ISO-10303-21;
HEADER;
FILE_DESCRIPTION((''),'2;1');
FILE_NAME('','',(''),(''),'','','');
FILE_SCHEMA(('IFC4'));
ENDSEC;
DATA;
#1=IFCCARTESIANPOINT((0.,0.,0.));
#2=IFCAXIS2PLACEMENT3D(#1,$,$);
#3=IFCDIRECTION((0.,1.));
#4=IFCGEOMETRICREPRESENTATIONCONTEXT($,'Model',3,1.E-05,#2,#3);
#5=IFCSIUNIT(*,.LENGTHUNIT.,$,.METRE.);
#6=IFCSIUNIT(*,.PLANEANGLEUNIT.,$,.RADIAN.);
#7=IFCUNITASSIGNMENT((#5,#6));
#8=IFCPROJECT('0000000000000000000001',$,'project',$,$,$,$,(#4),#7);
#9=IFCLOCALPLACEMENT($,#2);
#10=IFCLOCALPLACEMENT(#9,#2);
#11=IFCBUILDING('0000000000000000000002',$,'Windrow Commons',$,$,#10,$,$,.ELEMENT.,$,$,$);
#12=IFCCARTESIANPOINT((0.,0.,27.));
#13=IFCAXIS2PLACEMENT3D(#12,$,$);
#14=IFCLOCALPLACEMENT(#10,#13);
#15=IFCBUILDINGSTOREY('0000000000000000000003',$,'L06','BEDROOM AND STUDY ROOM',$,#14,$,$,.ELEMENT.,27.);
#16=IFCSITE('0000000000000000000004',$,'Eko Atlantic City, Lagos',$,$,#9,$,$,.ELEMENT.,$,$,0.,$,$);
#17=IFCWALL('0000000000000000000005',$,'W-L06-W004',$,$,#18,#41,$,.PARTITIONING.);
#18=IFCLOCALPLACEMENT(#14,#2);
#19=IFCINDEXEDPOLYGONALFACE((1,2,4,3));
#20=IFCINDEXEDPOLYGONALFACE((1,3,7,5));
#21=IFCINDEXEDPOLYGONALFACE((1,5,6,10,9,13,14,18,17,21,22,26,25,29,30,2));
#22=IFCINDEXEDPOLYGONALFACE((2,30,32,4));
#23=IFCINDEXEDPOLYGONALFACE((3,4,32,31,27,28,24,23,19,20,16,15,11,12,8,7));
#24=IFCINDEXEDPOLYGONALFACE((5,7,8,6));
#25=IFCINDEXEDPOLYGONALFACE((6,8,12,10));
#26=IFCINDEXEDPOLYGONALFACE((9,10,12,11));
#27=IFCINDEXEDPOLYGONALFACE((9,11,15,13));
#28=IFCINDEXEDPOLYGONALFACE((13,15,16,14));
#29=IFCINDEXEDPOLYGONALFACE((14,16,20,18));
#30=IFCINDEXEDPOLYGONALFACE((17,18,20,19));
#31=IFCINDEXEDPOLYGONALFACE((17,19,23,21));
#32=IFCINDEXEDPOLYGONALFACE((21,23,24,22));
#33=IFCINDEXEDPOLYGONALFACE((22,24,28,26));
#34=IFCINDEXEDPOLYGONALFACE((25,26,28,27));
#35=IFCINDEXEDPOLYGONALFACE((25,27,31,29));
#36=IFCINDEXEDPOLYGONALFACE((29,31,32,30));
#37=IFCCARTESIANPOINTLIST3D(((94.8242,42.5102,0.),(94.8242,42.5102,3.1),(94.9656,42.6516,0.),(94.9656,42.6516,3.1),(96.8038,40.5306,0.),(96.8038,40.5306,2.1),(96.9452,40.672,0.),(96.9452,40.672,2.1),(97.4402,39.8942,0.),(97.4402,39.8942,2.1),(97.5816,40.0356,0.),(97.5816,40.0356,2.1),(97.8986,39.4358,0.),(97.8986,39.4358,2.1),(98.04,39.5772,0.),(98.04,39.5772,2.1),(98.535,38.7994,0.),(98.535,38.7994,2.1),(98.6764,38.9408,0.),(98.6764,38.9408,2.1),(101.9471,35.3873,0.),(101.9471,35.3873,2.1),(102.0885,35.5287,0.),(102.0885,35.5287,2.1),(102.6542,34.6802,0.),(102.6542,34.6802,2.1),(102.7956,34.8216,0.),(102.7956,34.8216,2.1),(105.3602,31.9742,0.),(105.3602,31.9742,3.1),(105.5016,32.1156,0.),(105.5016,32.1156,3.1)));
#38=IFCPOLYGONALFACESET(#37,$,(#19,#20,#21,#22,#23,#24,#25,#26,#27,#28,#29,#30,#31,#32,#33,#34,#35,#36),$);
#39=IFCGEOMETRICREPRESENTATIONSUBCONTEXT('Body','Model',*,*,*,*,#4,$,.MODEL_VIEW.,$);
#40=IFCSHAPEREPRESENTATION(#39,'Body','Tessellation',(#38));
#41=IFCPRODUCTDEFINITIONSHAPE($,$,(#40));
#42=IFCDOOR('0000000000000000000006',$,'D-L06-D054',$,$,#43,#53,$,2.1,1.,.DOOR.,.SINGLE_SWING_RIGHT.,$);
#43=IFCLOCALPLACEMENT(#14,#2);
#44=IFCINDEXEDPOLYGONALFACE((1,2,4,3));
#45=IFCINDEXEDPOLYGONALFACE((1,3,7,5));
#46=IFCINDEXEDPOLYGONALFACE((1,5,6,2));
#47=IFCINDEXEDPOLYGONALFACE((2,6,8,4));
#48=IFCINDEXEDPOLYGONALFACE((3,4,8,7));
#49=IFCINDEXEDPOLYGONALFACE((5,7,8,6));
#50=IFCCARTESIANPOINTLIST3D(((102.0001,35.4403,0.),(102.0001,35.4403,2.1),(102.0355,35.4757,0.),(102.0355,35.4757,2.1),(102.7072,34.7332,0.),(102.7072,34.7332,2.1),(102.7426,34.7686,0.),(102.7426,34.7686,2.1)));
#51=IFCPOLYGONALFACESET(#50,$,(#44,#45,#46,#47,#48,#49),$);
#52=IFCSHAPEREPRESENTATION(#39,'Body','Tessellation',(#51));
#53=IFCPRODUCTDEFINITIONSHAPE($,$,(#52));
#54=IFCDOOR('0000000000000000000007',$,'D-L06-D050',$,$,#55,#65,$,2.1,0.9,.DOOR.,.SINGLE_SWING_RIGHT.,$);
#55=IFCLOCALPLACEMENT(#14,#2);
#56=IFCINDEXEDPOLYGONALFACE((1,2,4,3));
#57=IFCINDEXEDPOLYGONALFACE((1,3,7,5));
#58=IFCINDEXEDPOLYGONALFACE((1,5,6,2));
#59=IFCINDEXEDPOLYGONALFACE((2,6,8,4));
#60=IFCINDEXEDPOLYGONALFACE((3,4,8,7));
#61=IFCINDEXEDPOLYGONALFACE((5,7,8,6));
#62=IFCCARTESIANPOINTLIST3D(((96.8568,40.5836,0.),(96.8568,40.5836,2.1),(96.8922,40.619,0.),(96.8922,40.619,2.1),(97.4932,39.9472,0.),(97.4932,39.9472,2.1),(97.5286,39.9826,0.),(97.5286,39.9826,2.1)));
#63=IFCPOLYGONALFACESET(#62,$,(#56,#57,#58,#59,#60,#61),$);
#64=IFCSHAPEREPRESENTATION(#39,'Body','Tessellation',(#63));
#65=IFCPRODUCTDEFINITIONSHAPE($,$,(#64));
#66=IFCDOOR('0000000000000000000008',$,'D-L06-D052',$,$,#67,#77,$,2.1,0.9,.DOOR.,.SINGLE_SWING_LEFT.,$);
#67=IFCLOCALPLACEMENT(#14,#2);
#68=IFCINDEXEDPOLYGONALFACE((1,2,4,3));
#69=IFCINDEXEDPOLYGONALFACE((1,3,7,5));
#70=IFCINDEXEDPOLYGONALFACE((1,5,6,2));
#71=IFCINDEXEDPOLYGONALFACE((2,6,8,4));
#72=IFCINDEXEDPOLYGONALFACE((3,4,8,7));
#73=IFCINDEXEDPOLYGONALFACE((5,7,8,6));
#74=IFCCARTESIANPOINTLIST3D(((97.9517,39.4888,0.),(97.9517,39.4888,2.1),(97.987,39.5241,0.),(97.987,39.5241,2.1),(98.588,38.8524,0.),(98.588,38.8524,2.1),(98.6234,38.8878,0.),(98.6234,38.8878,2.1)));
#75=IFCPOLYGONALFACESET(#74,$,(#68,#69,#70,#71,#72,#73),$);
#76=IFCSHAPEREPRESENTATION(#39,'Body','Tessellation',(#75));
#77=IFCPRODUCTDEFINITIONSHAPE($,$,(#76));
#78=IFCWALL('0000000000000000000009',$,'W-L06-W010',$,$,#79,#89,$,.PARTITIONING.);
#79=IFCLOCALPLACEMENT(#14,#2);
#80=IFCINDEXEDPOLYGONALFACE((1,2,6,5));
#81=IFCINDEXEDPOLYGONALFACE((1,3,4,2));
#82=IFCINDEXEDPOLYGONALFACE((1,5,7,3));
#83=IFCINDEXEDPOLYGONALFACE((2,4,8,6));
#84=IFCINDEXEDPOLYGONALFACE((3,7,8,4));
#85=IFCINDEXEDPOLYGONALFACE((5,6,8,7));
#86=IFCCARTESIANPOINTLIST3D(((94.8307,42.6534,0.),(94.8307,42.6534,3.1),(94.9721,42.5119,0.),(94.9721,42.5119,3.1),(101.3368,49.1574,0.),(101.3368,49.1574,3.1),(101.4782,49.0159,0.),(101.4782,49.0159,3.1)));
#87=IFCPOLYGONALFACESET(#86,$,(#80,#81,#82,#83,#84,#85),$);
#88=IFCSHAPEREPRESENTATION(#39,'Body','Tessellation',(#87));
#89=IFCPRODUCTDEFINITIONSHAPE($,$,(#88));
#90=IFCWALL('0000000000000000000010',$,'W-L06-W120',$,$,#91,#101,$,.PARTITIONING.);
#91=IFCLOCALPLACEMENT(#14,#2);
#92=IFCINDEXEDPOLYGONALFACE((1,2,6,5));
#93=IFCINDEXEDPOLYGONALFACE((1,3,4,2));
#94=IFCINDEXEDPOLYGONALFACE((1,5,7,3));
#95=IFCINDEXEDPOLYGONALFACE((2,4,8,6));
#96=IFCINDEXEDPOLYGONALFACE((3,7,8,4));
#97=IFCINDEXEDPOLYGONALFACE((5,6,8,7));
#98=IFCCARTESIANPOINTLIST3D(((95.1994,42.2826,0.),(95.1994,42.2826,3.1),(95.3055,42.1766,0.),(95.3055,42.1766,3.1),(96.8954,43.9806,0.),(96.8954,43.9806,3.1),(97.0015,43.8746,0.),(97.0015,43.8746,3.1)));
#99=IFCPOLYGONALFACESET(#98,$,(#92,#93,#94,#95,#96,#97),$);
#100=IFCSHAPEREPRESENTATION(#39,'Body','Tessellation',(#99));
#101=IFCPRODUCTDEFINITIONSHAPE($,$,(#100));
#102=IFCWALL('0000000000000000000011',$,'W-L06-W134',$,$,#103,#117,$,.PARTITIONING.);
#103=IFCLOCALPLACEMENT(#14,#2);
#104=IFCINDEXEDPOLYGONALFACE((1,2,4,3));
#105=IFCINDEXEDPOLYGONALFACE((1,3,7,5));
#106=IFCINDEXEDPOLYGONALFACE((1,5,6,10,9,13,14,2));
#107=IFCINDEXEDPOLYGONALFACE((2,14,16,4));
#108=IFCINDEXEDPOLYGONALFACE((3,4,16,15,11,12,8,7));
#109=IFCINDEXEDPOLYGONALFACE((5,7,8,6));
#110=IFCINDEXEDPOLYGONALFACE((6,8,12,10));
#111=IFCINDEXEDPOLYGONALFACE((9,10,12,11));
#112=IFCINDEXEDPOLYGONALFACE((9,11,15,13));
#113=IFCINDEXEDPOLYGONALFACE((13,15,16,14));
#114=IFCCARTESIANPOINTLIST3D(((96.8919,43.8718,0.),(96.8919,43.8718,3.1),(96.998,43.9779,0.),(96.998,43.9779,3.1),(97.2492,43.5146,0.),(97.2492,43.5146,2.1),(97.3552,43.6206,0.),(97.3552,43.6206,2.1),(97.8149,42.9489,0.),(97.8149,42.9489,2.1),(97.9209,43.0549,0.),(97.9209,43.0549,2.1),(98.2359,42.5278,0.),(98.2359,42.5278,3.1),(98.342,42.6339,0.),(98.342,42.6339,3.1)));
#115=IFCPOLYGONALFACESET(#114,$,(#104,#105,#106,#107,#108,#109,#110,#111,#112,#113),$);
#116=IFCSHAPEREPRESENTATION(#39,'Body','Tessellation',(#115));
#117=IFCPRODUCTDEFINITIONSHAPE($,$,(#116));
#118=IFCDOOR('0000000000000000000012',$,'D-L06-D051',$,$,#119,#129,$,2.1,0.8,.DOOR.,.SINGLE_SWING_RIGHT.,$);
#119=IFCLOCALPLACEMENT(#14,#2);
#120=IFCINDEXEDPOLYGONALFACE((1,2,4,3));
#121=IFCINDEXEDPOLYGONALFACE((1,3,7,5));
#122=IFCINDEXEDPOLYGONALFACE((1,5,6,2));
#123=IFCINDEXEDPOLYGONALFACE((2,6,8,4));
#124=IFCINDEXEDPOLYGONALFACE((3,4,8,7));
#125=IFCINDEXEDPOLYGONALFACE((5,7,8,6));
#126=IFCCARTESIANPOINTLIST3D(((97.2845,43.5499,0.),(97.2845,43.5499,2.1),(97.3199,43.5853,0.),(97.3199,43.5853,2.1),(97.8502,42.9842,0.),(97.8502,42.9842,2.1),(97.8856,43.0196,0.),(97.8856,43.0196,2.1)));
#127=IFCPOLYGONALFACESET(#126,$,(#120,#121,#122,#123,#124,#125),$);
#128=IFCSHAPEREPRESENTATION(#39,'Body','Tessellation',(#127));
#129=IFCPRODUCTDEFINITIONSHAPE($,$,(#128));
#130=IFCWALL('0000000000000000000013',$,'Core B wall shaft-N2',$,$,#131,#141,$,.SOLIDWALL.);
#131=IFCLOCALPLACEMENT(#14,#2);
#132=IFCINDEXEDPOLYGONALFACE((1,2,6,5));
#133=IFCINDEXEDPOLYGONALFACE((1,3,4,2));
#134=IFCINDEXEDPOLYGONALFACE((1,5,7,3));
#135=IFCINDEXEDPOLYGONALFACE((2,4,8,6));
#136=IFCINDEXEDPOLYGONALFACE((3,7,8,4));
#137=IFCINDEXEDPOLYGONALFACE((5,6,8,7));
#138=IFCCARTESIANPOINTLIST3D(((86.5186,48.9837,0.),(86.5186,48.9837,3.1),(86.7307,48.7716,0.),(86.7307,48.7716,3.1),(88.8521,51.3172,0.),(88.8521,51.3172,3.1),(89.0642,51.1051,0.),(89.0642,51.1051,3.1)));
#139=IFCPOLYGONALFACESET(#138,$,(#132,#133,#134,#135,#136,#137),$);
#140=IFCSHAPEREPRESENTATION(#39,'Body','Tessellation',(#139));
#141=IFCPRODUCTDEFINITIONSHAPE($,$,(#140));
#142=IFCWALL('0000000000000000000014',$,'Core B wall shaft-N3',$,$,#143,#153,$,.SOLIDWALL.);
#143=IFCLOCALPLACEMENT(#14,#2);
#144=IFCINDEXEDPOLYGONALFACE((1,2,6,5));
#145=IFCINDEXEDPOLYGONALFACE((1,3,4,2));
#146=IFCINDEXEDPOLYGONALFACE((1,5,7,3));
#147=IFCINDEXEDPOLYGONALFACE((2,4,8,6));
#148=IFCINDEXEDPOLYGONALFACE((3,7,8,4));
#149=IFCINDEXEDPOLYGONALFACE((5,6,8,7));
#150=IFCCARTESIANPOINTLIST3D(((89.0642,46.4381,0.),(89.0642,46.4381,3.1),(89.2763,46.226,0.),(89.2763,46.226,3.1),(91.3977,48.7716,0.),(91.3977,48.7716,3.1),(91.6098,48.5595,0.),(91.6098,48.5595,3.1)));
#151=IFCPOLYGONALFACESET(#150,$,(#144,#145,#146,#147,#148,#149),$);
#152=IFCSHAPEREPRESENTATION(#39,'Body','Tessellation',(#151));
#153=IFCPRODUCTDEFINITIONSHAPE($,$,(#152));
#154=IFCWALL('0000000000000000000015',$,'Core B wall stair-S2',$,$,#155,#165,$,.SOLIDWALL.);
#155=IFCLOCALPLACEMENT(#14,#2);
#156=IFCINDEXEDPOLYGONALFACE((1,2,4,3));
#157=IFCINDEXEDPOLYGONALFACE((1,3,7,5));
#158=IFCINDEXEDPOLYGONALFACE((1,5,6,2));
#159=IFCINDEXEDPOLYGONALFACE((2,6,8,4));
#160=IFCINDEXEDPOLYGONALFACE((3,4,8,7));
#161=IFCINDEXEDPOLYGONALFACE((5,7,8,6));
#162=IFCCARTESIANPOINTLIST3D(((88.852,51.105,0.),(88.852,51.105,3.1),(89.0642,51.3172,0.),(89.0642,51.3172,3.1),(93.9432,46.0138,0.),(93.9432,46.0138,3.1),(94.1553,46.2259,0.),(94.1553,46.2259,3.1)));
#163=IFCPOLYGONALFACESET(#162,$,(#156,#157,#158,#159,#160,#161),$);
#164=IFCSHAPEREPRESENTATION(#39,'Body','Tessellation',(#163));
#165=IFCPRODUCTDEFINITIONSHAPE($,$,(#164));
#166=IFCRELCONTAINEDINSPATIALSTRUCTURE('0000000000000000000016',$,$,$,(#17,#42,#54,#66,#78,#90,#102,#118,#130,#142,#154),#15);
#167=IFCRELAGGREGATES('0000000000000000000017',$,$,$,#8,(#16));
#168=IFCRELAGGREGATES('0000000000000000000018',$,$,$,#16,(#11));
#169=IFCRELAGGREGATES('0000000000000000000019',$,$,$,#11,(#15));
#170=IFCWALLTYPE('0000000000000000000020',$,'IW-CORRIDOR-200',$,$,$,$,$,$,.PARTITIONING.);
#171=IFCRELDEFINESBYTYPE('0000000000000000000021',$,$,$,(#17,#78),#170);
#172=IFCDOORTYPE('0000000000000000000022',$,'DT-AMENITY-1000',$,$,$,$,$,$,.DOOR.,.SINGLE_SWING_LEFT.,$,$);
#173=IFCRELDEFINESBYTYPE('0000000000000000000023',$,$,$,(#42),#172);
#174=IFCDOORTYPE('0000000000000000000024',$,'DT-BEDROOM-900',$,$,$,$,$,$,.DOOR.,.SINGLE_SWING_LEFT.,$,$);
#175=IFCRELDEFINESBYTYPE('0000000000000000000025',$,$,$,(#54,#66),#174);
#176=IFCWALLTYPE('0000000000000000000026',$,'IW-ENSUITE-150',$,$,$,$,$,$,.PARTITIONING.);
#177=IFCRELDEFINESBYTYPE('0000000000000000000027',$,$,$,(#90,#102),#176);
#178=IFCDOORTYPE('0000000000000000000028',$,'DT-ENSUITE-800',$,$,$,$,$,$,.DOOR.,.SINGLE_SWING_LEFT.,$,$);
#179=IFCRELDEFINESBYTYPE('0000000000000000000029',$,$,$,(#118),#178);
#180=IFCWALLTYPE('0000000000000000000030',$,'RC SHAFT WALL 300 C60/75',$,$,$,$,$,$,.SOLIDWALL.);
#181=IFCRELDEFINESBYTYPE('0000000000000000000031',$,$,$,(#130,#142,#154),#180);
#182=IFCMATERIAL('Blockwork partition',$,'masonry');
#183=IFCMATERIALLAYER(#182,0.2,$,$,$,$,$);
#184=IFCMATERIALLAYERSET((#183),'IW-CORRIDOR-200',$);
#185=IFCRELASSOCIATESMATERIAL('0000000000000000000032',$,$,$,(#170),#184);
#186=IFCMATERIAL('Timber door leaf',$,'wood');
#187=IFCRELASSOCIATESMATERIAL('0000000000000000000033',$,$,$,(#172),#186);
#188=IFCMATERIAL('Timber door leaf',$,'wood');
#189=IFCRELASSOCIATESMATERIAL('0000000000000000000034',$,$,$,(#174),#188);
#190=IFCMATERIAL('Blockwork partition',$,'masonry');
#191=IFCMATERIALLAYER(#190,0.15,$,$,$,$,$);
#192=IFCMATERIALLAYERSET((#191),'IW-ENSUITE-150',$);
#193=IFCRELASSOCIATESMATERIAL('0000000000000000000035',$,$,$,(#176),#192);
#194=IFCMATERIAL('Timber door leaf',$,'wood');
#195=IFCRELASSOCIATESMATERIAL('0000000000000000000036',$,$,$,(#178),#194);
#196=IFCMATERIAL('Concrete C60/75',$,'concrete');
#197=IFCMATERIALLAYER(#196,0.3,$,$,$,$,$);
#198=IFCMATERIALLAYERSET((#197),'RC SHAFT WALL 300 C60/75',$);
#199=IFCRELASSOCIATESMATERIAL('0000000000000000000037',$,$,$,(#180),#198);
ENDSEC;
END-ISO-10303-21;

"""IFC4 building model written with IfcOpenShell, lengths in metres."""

from ifc_helpers import new_model, si_unit, direction, frame, frame_2d, origin, place, context, subcontext, project, spatial, rectangle, extrude, material, layer, layer_set, type_object, element, fill, save


model = new_model("IFC4")

# Units and contexts
model_context = context("Model", 3, precision=1e-05, world=origin(), true_north=direction((0.0, 1.0)))
body_context = subcontext(model_context, "Body", "Model", "MODEL_VIEW")
ifc_project = project(units=[si_unit("LENGTHUNIT", "METRE"), si_unit("PLANEANGLEUNIT", "RADIAN")], contexts=[model_context])

# Site, building, storey
site_placement = place(None, origin())
site = spatial("IfcSite", under=ifc_project, at=site_placement, Name="Eko Atlantic City, Lagos", CompositionType="ELEMENT", RefElevation=0.0)
building_placement = place(site_placement, origin())
building = spatial("IfcBuilding", under=site, at=building_placement, Name="Windrow Commons", CompositionType="ELEMENT")
storey_placement = place(building_placement, frame((0.0, 0.0, 27.0)))
storey = spatial("IfcBuildingStorey", under=building, at=storey_placement, Name="L06", Description="BEDROOM AND STUDY ROOM", CompositionType="ELEMENT", Elevation=27.0)

# Wall, openings, doors
ifc_material_1 = material(Name="Blockwork partition", Category="masonry")
ifc_layer_1 = layer(ifc_material_1, 0.2)
ifc_layer_set_1 = layer_set([ifc_layer_1], Name="IW-CORRIDOR-200")
wall_type_1 = type_object("IfcWallType", Name="IW-CORRIDOR-200", PredefinedType="PARTITIONING", material=ifc_layer_set_1)
wall_1_placement = place(storey_placement, frame((94.8949, 42.5809, 0.0), z_axis=(0.0, 0.0, 1.0), x_axis=(0.707107, -0.707107, 0.0)))
wall_1 = element("IfcWall", 1, at=wall_1_placement, inside=storey, type_object=wall_type_1, Name="W-L06-W004", PredefinedType="PARTITIONING", context=body_context, shape_type="SweptSolid", body=[
    extrude(rectangle(XDim=14.9002, YDim=0.2, at=frame_2d((7.4501, 0.0))), origin(), (0.0, 0.0, 1.0), 3.1),
])
opening_1_placement = place(wall_1_placement, frame((2.7996, 0.0, 0.0)))
opening_1 = element("IfcOpeningElement", 2, at=opening_1_placement, cuts=wall_1, PredefinedType="OPENING", context=body_context, shape_type="SweptSolid", body=[
    extrude(rectangle(XDim=0.9, YDim=2.1, at=frame_2d((0.45, 1.05))), frame((0.0, 0.11, 0.0), z_axis=(0.0, -1.0, 0.0), x_axis=(1.0, 0.0, 0.0)), (0.0, 0.0, 1.0), 0.22),
])
opening_2_placement = place(wall_1_placement, frame((4.3479, 0.0, 0.0)))
opening_2 = element("IfcOpeningElement", 3, at=opening_2_placement, cuts=wall_1, PredefinedType="OPENING", context=body_context, shape_type="SweptSolid", body=[
    extrude(rectangle(XDim=0.9, YDim=2.1, at=frame_2d((0.45, 1.05))), frame((0.0, 0.11, 0.0), z_axis=(0.0, -1.0, 0.0), x_axis=(1.0, 0.0, 0.0)), (0.0, 0.0, 1.0), 0.22),
])
opening_3_placement = place(wall_1_placement, frame((10.0733, 0.0, 0.0)))
opening_3 = element("IfcOpeningElement", 4, at=opening_3_placement, cuts=wall_1, PredefinedType="OPENING", context=body_context, shape_type="SweptSolid", body=[
    extrude(rectangle(XDim=1.0, YDim=2.1, at=frame_2d((0.5, 1.05))), frame((0.0, 0.11, 0.0), z_axis=(0.0, -1.0, 0.0), x_axis=(1.0, 0.0, 0.0)), (0.0, 0.0, 1.0), 0.22),
])
ifc_material_2 = material(Name="Timber door leaf", Category="wood")
door_type_1 = type_object("IfcDoorType", Name="DT-AMENITY-1000", OperationType="SINGLE_SWING_LEFT", PredefinedType="DOOR", material=ifc_material_2)
door_1_placement = place(opening_3_placement, origin())
door_1 = element("IfcDoor", 5, at=door_1_placement, inside=storey, type_object=door_type_1, Name="D-L06-D054", OperationType="SINGLE_SWING_RIGHT", OverallHeight=2.1, OverallWidth=1.0, PredefinedType="DOOR", context=body_context, shape_type="SweptSolid", body=[
    extrude(rectangle(XDim=1.0, YDim=2.1, at=frame_2d((0.5, 1.05))), frame((0.0, 0.025, 0.0), z_axis=(0.0, -1.0, 0.0), x_axis=(1.0, 0.0, 0.0)), (0.0, 0.0, 1.0), 0.05),
])
fill(opening_3, door_1)
ifc_material_3 = material(Name="Timber door leaf", Category="wood")
door_type_2 = type_object("IfcDoorType", Name="DT-BEDROOM-900", OperationType="SINGLE_SWING_LEFT", PredefinedType="DOOR", material=ifc_material_3)
door_2_placement = place(opening_1_placement, origin())
door_2 = element("IfcDoor", 6, at=door_2_placement, inside=storey, type_object=door_type_2, Name="D-L06-D050", OperationType="SINGLE_SWING_RIGHT", OverallHeight=2.1, OverallWidth=0.9, PredefinedType="DOOR", context=body_context, shape_type="SweptSolid", body=[
    extrude(rectangle(XDim=0.9, YDim=2.1, at=frame_2d((0.45, 1.05))), frame((0.0, 0.025, 0.0), z_axis=(0.0, -1.0, 0.0), x_axis=(1.0, 0.0, 0.0)), (0.0, 0.0, 1.0), 0.05),
])
fill(opening_1, door_2)
door_3_placement = place(opening_2_placement, origin())
door_3 = element("IfcDoor", 7, at=door_3_placement, inside=storey, type_object=door_type_2, Name="D-L06-D052", OperationType="SINGLE_SWING_LEFT", OverallHeight=2.1, OverallWidth=0.9, PredefinedType="DOOR", context=body_context, shape_type="SweptSolid", body=[
    extrude(rectangle(XDim=0.9, YDim=2.1, at=frame_2d((0.45, 1.05))), frame((0.0, 0.025, 0.0), z_axis=(0.0, -1.0, 0.0), x_axis=(1.0, 0.0, 0.0)), (0.0, 0.0, 1.0), 0.05),
])
fill(opening_2, door_3)

# Walls
wall_2_placement = place(storey_placement, frame((94.9014, 42.5826, 0.0), z_axis=(0.0, 0.0, 1.0), x_axis=(0.707215, 0.706998, 0.0)))
element("IfcWall", 8, at=wall_2_placement, inside=storey, type_object=wall_type_1, Name="W-L06-W010", PredefinedType="PARTITIONING", context=body_context, shape_type="SweptSolid", body=[
    extrude(rectangle(XDim=9.1995, YDim=0.2, at=frame_2d((4.5998, 0.0))), origin(), (0.0, 0.0, 1.0), 3.1),
])
ifc_material_4 = material(Name="Blockwork partition", Category="masonry")
ifc_layer_2 = layer(ifc_material_4, 0.15)
ifc_layer_set_2 = layer_set([ifc_layer_2], Name="IW-ENSUITE-150")
wall_type_2 = type_object("IfcWallType", Name="IW-ENSUITE-150", PredefinedType="PARTITIONING", material=ifc_layer_set_2)
wall_3_placement = place(storey_placement, frame((95.2524, 42.2296, 0.0), z_axis=(0.0, 0.0, 1.0), x_axis=(0.70669, 0.707523, 0.0)))
element("IfcWall", 9, at=wall_3_placement, inside=storey, type_object=wall_type_2, Name="W-L06-W120", PredefinedType="PARTITIONING", context=body_context, shape_type="SweptSolid", body=[
    extrude(rectangle(XDim=2.3999, YDim=0.15, at=frame_2d((1.2, 0.0))), origin(), (0.0, 0.0, 1.0), 3.1),
])

# Wall, opening, door
wall_4_placement = place(storey_placement, frame((96.9449, 43.9249, 0.0), z_axis=(0.0, 0.0, 1.0), x_axis=(0.707107, -0.707107, 0.0)))
wall_4 = element("IfcWall", 10, at=wall_4_placement, inside=storey, type_object=wall_type_2, Name="W-L06-W134", PredefinedType="PARTITIONING", context=body_context, shape_type="SweptSolid", body=[
    extrude(rectangle(XDim=1.9007, YDim=0.15, at=frame_2d((0.9504, 0.0))), origin(), (0.0, 0.0, 1.0), 3.1),
])
opening_4_placement = place(wall_4_placement, frame((0.5053, 0.0, 0.0)))
opening_4 = element("IfcOpeningElement", 11, at=opening_4_placement, cuts=wall_4, PredefinedType="OPENING", context=body_context, shape_type="SweptSolid", body=[
    extrude(rectangle(XDim=0.8, YDim=2.1, at=frame_2d((0.4, 1.05))), frame((0.0, 0.085, 0.0), z_axis=(0.0, -1.0, 0.0), x_axis=(1.0, 0.0, 0.0)), (0.0, 0.0, 1.0), 0.17),
])
ifc_material_5 = material(Name="Timber door leaf", Category="wood")
door_type_3 = type_object("IfcDoorType", Name="DT-ENSUITE-800", OperationType="SINGLE_SWING_LEFT", PredefinedType="DOOR", material=ifc_material_5)
door_4_placement = place(opening_4_placement, origin())
door_4 = element("IfcDoor", 12, at=door_4_placement, inside=storey, type_object=door_type_3, Name="D-L06-D051", OperationType="SINGLE_SWING_RIGHT", OverallHeight=2.1, OverallWidth=0.8, PredefinedType="DOOR", context=body_context, shape_type="SweptSolid", body=[
    extrude(rectangle(XDim=0.8, YDim=2.1, at=frame_2d((0.4, 1.05))), frame((0.0, 0.025, 0.0), z_axis=(0.0, -1.0, 0.0), x_axis=(1.0, 0.0, 0.0)), (0.0, 0.0, 1.0), 0.05),
])
fill(opening_4, door_4)

# Walls
ifc_material_6 = material(Name="Concrete C60/75", Category="concrete")
ifc_layer_3 = layer(ifc_material_6, 0.3)
ifc_layer_set_3 = layer_set([ifc_layer_3], Name="RC SHAFT WALL 300 C60/75")
wall_type_3 = type_object("IfcWallType", Name="RC SHAFT WALL 300 C60/75", PredefinedType="SOLIDWALL", material=ifc_layer_set_3)
for number, where, z_axis, x_axis, name in (
    (13, (86.6246, 48.8776, 0.0), (0.0, 0.0, 1.0), (0.707107, 0.707107, 0.0), "Core B wall shaft-N2"),
    (14, (89.1702, 46.332, 0.0), (0.0, 0.0, 1.0), (0.707107, 0.707107, 0.0), "Core B wall shaft-N3"),
):
    element("IfcWall", number, at=place(storey_placement, frame(where, z_axis=z_axis, x_axis=x_axis)), inside=storey, type_object=wall_type_3, Name=name, PredefinedType="SOLIDWALL", context=body_context, shape_type="SweptSolid", body=[
        extrude(rectangle(XDim=3.3001, YDim=0.3, at=frame_2d((1.6501, 0.0))), origin(), (0.0, 0.0, 1.0), 3.1),
    ])
wall_5_placement = place(storey_placement, frame((88.9581, 51.2111, 0.0), z_axis=(0.0, 0.0, 1.0), x_axis=(0.7071, -0.707114, 0.0)))
element("IfcWall", 15, at=wall_5_placement, inside=storey, type_object=wall_type_3, Name="Core B wall stair-S2", PredefinedType="SOLIDWALL", context=body_context, shape_type="SweptSolid", body=[
    extrude(rectangle(XDim=7.2, YDim=0.3, at=frame_2d((3.6, 0.0))), origin(), (0.0, 0.0, 1.0), 3.1),
])

save(model, "model.ifc")
